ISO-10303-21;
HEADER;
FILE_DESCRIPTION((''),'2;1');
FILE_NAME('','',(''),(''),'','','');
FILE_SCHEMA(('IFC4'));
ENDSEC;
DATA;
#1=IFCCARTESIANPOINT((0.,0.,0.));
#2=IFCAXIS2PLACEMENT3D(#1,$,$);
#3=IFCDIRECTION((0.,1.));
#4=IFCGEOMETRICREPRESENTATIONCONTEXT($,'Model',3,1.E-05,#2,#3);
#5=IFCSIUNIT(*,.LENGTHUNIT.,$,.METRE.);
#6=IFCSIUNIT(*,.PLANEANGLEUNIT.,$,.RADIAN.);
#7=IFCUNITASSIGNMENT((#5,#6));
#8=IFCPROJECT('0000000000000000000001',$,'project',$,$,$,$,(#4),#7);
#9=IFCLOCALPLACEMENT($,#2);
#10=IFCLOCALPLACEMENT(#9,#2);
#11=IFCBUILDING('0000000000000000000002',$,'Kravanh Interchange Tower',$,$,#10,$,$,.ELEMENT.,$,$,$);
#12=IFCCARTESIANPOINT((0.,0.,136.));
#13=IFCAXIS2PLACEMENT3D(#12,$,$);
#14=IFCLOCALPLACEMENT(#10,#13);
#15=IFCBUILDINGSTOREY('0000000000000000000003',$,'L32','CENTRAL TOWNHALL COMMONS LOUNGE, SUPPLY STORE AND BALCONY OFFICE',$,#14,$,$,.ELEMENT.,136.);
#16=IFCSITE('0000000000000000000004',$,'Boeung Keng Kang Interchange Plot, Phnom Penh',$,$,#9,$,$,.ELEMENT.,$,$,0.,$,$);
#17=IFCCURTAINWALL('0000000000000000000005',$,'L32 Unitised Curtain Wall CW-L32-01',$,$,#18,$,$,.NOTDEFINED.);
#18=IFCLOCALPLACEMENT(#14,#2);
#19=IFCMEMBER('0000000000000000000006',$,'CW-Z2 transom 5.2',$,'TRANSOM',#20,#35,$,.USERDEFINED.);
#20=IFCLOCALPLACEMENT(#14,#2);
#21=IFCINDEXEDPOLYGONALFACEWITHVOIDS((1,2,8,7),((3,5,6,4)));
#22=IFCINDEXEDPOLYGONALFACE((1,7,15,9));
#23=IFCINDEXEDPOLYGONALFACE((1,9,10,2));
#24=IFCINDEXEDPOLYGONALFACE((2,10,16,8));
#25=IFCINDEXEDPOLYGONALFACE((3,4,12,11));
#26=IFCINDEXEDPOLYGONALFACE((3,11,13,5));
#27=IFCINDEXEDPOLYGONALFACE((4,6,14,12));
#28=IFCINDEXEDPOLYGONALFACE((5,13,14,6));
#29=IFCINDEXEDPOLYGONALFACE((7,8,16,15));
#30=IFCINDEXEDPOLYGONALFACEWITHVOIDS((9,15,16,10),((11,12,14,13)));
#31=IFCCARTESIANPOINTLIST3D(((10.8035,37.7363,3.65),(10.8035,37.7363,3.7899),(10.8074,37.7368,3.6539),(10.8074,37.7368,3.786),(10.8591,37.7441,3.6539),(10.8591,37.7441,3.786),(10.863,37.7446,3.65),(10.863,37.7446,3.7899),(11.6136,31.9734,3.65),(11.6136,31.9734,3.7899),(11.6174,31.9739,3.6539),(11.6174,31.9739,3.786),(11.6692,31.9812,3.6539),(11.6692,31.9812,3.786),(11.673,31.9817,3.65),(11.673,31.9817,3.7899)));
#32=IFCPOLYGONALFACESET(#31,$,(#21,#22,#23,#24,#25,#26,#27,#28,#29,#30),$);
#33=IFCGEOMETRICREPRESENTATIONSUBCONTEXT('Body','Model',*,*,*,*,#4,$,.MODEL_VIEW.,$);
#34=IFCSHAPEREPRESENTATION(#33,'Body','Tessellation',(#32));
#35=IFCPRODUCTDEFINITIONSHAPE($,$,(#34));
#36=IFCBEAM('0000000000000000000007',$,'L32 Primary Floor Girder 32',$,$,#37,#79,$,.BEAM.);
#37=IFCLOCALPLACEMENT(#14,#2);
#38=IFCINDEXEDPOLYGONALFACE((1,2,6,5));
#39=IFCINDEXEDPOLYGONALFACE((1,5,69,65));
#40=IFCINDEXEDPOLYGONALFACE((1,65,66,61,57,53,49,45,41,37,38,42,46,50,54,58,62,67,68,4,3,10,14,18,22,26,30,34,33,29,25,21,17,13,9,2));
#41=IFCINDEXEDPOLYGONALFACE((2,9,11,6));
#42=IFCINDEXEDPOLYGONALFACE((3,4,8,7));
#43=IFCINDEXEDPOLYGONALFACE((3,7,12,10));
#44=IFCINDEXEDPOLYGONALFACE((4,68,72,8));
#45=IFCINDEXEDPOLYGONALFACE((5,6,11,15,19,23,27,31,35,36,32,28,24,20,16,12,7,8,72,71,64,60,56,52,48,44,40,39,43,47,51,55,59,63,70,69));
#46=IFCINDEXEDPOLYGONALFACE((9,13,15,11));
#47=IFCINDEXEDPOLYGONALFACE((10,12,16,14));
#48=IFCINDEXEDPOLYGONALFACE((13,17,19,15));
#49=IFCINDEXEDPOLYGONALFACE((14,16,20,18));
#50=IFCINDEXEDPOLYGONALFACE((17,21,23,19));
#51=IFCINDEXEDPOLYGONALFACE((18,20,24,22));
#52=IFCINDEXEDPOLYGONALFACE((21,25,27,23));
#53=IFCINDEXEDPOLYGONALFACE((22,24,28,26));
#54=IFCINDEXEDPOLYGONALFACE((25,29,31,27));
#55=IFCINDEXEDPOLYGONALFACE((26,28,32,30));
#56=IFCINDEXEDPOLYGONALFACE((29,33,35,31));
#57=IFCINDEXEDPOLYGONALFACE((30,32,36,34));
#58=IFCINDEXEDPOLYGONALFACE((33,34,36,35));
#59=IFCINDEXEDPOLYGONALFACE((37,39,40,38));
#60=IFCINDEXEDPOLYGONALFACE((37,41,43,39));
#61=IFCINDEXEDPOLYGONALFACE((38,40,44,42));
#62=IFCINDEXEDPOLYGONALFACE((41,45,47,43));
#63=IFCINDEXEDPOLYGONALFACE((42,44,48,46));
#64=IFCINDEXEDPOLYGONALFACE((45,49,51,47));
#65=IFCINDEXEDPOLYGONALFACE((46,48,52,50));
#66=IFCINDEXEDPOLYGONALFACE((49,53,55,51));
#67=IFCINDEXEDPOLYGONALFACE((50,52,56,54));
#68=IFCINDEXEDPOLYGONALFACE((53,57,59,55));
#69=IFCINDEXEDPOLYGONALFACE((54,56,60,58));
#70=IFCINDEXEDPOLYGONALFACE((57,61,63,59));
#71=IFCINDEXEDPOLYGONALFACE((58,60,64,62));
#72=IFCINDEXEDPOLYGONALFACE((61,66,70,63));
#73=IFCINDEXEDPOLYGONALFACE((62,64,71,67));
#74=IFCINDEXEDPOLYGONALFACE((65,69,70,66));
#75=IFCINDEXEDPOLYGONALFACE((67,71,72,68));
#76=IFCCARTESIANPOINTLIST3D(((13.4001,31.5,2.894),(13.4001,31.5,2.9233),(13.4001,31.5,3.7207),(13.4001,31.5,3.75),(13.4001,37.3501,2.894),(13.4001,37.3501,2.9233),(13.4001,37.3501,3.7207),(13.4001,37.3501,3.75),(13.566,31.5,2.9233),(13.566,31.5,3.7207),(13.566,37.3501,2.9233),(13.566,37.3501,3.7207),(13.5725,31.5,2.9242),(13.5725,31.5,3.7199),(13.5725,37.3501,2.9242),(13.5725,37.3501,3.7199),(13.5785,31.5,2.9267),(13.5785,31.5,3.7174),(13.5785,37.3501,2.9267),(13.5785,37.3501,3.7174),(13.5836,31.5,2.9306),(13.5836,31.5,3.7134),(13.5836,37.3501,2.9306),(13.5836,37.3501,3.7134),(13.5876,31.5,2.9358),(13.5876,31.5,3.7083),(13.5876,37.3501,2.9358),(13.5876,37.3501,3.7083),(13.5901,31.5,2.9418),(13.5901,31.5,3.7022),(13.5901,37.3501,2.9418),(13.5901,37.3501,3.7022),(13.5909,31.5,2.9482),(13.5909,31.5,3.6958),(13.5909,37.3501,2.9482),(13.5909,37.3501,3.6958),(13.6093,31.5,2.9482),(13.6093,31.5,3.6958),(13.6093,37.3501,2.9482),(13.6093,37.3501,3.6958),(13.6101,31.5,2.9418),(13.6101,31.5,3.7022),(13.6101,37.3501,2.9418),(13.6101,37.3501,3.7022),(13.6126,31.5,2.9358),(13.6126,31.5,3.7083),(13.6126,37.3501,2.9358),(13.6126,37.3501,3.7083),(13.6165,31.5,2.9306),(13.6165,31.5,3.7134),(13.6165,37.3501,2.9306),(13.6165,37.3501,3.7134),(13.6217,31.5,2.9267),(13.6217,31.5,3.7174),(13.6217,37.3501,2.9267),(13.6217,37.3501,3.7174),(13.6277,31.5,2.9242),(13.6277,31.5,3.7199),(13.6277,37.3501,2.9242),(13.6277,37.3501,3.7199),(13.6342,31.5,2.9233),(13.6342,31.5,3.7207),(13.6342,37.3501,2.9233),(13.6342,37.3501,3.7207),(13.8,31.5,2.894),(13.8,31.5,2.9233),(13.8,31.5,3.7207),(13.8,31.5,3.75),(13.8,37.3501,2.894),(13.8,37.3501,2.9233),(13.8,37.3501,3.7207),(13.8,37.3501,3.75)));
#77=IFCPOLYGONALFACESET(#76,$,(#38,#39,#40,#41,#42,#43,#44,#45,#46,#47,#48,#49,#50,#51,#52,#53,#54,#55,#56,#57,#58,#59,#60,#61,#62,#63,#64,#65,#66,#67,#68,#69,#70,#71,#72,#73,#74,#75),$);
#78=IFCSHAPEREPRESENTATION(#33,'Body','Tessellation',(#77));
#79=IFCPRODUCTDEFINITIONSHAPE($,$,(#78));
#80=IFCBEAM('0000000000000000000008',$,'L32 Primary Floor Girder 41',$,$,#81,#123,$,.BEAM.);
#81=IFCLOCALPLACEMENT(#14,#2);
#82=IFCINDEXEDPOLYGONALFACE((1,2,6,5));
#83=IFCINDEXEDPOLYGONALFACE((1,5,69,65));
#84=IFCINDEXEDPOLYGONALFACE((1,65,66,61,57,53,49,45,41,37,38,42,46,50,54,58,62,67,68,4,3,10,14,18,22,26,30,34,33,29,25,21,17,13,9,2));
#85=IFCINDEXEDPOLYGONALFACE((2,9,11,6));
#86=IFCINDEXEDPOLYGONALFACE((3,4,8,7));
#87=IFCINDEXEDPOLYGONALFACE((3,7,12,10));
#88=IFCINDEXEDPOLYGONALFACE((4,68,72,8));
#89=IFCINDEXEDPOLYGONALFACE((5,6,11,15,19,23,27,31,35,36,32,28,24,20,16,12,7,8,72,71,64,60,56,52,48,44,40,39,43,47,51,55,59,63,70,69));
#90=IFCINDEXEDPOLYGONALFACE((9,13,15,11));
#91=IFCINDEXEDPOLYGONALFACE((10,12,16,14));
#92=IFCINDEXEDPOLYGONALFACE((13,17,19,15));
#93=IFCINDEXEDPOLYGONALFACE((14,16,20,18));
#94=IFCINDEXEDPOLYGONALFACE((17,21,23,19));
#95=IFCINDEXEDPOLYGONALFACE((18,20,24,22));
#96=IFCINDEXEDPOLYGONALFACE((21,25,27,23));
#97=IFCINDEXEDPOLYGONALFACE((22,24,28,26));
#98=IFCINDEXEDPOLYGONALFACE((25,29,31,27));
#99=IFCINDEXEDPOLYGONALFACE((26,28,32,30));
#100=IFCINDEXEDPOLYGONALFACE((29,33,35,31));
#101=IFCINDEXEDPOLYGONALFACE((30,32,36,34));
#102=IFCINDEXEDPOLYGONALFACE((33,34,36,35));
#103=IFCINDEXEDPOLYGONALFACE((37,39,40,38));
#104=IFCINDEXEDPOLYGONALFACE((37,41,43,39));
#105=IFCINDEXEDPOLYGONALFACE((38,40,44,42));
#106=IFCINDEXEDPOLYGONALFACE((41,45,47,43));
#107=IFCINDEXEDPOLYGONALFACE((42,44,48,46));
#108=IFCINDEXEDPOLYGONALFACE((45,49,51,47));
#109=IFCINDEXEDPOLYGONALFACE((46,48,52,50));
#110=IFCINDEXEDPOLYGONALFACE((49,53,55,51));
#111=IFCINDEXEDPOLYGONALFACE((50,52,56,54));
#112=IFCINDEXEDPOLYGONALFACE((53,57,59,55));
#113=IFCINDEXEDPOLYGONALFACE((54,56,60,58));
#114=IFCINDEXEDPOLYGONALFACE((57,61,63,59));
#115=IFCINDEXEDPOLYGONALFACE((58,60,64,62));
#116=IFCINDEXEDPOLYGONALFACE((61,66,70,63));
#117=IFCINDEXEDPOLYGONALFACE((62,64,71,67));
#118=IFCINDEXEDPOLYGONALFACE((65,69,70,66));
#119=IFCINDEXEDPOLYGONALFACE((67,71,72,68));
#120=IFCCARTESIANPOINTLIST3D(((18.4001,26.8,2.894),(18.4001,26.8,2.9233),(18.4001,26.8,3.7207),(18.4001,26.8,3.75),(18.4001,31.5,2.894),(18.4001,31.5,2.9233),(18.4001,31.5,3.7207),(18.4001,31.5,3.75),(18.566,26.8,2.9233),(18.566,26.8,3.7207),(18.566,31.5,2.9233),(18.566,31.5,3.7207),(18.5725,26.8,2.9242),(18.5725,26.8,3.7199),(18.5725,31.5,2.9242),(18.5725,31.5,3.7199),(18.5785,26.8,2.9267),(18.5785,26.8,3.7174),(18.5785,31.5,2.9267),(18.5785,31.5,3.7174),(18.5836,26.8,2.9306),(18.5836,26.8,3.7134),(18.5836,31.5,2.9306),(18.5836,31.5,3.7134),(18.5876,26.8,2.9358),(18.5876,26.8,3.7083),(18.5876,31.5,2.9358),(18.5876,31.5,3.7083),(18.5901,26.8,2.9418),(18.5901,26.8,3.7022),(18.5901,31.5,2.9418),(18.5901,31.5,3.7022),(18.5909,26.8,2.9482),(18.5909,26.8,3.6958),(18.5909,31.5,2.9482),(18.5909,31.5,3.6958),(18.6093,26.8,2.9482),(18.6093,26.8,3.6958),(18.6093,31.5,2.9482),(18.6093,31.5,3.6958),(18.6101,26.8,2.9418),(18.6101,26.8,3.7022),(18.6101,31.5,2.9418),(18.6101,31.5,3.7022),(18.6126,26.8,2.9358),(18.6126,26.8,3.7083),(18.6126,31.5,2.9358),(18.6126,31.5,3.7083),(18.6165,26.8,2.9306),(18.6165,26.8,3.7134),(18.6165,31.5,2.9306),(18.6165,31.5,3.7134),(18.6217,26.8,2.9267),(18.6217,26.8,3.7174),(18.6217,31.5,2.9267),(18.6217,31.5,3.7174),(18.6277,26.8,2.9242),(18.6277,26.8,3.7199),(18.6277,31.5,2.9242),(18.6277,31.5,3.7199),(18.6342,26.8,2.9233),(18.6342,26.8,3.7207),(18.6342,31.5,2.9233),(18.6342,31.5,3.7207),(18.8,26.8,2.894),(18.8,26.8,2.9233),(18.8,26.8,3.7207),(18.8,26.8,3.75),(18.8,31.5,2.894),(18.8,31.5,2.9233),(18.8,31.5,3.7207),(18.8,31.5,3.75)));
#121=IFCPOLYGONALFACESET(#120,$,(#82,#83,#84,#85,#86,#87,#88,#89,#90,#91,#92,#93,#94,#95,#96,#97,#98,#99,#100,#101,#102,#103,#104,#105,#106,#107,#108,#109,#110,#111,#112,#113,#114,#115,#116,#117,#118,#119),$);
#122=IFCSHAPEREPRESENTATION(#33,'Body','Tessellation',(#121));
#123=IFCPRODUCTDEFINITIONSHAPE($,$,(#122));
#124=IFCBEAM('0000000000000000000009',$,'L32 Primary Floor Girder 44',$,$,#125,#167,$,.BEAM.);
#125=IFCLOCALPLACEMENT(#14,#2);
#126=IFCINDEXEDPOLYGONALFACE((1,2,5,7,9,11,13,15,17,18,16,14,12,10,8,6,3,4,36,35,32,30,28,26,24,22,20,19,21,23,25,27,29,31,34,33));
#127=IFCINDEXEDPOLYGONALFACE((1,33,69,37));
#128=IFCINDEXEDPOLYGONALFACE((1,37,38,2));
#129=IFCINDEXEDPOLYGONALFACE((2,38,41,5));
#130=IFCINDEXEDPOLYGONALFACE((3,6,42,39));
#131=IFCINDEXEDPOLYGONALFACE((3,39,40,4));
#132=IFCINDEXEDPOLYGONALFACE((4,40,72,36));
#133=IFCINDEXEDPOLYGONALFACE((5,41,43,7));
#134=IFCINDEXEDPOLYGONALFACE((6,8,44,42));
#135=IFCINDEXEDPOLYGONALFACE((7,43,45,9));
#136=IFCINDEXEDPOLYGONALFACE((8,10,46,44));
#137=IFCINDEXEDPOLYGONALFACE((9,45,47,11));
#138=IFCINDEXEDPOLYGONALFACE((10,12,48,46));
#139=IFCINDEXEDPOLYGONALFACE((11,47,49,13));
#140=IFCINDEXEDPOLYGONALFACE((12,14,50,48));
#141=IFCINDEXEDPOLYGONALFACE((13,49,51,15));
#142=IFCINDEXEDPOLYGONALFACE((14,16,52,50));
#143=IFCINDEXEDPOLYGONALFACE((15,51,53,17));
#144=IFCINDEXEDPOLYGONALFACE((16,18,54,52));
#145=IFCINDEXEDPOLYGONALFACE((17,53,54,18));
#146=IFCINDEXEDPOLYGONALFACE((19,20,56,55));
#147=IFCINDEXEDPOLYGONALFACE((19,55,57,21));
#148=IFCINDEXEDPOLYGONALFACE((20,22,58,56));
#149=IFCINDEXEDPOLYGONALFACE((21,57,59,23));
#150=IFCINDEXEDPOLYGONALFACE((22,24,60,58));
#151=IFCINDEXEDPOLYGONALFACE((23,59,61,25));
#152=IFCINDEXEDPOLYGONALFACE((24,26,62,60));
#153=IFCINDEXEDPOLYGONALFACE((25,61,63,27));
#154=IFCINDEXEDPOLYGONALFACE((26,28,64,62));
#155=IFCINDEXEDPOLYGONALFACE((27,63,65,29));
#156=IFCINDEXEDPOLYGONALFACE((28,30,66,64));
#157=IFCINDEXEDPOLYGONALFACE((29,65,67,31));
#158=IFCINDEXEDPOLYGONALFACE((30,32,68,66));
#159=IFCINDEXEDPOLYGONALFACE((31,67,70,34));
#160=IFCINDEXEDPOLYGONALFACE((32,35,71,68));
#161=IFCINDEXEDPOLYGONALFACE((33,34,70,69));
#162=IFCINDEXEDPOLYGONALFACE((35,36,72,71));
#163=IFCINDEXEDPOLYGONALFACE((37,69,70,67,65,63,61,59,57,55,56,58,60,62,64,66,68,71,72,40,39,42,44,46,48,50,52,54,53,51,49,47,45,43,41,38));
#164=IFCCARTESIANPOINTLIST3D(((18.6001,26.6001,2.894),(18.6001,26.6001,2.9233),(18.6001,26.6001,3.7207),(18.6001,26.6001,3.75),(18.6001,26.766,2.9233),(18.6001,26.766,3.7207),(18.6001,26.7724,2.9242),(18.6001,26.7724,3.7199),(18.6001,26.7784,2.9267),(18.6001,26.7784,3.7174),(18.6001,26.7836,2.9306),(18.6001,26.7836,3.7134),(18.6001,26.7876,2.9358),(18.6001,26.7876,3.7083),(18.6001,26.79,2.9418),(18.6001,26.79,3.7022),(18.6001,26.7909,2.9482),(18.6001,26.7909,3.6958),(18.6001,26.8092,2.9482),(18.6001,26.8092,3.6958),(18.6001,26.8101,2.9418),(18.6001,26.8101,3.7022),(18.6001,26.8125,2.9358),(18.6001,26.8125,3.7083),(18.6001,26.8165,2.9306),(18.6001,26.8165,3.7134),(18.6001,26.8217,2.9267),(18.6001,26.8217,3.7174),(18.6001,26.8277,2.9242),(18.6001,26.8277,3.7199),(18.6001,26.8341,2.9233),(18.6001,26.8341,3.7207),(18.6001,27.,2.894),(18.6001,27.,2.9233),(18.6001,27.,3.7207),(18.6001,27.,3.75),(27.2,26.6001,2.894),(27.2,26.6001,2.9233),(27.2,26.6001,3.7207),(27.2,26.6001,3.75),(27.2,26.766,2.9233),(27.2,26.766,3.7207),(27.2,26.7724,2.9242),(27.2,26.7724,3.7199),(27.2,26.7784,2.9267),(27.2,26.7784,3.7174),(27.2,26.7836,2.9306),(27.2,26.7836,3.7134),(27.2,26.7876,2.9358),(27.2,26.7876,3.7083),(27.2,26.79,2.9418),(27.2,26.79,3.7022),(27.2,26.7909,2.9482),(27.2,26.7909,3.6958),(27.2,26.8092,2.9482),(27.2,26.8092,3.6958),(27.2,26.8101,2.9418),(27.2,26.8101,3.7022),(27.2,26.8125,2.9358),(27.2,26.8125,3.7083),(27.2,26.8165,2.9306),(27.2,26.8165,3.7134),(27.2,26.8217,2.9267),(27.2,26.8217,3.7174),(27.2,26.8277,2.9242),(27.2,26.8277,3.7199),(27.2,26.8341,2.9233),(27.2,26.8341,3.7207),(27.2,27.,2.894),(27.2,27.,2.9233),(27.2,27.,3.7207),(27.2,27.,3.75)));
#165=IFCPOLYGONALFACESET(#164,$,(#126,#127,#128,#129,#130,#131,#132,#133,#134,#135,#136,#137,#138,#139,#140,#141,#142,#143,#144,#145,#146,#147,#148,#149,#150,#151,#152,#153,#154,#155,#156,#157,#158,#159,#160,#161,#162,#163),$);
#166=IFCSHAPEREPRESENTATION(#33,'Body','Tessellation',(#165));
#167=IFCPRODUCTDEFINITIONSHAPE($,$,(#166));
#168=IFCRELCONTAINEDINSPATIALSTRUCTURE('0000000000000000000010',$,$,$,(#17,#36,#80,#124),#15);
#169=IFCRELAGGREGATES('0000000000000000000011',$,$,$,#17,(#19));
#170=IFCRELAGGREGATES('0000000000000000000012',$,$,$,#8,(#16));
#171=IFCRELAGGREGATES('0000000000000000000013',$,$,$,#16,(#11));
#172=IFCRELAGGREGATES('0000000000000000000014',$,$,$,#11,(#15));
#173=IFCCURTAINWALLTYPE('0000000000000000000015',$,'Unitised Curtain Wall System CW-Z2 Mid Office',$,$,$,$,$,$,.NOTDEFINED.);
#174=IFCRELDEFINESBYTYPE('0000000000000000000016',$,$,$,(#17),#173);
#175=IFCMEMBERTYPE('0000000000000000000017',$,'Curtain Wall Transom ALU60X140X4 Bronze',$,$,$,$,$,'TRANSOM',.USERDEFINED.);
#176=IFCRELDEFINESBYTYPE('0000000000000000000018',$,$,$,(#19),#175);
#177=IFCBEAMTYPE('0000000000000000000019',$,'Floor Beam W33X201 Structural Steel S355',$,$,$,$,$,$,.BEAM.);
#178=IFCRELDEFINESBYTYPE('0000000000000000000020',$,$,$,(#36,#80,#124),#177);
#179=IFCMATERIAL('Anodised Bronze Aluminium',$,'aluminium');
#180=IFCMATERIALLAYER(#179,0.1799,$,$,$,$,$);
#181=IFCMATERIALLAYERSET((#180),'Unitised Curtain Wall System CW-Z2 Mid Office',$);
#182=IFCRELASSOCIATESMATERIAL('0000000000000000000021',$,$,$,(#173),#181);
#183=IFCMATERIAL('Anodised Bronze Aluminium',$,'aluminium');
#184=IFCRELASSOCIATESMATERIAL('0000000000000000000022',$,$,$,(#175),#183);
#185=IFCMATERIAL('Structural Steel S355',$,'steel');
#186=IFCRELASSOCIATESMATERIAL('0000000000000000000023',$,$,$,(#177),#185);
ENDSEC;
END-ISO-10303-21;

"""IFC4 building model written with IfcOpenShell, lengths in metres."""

from ifc_helpers import new_model, si_unit, direction, frame, origin, origin_2d, place, context, subcontext, project, spatial, hollow_rectangle, i_section, extrude, material, layer, layer_set, material_profile, profile_set, type_object, element, aggregate, save


model = new_model("IFC4")

# Units and contexts
model_context = context("Model", 3, precision=1e-05, world=origin(), true_north=direction((0.0, 1.0)))
body_context = subcontext(model_context, "Body", "Model", "MODEL_VIEW")
ifc_project = project(units=[si_unit("LENGTHUNIT", "METRE"), si_unit("PLANEANGLEUNIT", "RADIAN")], contexts=[model_context])

# Site, building, storey
site_placement = place(None, origin())
site = spatial("IfcSite", under=ifc_project, at=site_placement, Name="Boeung Keng Kang Interchange Plot, Phnom Penh", CompositionType="ELEMENT", RefElevation=0.0)
building_placement = place(site_placement, origin())
building = spatial("IfcBuilding", under=site, at=building_placement, Name="Kravanh Interchange Tower", CompositionType="ELEMENT")
storey_placement = place(building_placement, frame((0.0, 0.0, 136.0)))
storey = spatial("IfcBuildingStorey", under=building, at=storey_placement, Name="L32", Description="CENTRAL TOWNHALL COMMONS LOUNGE, SUPPLY STORE AND BALCONY OFFICE", CompositionType="ELEMENT", Elevation=136.0)

# Curtain wall, member
ifc_material_1 = material(Name="Anodised Bronze Aluminium", Category="aluminium")
ifc_layer_1 = layer(ifc_material_1, 0.1799)
ifc_layer_set_1 = layer_set([ifc_layer_1], Name="Unitised Curtain Wall System CW-Z2 Mid Office")
curtain_wall_type = type_object("IfcCurtainWallType", Name="Unitised Curtain Wall System CW-Z2 Mid Office", PredefinedType="NOTDEFINED", material=ifc_layer_set_1)
curtain_wall_placement = place(storey_placement, origin())
curtain_wall = element("IfcCurtainWall", 1, at=curtain_wall_placement, inside=storey, type_object=curtain_wall_type, Name="L32 Unitised Curtain Wall CW-L32-01", PredefinedType="NOTDEFINED")
ifc_material_2 = material(Name="Anodised Bronze Aluminium", Category="aluminium")
ifc_material_profile_1 = material_profile(ifc_material_2, hollow_rectangle(XDim=0.0601, YDim=0.1399, WallThickness=0.0039, at=origin_2d()), Name="ALU60X140X4")
ifc_profile_set_1 = profile_set([ifc_material_profile_1], Name="Anodised Bronze Aluminium")
member_type_1 = type_object("IfcMemberType", Name="Curtain Wall Transom ALU60X140X4 Bronze", ElementType="TRANSOM", PredefinedType="USERDEFINED", material=ifc_profile_set_1)
member_1_placement = place(storey_placement, frame((11.6433, 31.9775, 3.72), z_axis=(-0.139195, 0.990265, 0.0), x_axis=(-0.990265, -0.139195, 0.0)))
member_1 = element("IfcMember", 2, at=member_1_placement, type_object=member_type_1, Name="CW-Z2 transom 5.2", ObjectType="TRANSOM", PredefinedType="USERDEFINED", context=body_context, shape_type="SweptSolid", body=[
    extrude(hollow_rectangle(XDim=0.0601, YDim=0.1399, WallThickness=0.0039, at=origin_2d()), origin(), (0.0, 0.0, 1.0), 5.8196),
])

# Beams
ifc_material_3 = material(Name="Structural Steel S355", Category="steel")
ifc_material_profile_2 = material_profile(ifc_material_3, i_section(OverallWidth=0.3999, OverallDepth=0.856, WebThickness=0.0183, FlangeThickness=0.0293, FilletRadius=0.0249, at=origin_2d()), Name="W33X201")
ifc_profile_set_2 = profile_set([ifc_material_profile_2], Name="Structural Steel S355")
beam_type_1 = type_object("IfcBeamType", Name="Floor Beam W33X201 Structural Steel S355", PredefinedType="BEAM", material=ifc_profile_set_2)
beam_1_placement = place(storey_placement, frame((13.6001, 37.3501, 3.322), z_axis=(0.0, -1.0, 0.0), x_axis=(1.0, 0.0, 0.0)))
element("IfcBeam", 3, at=beam_1_placement, inside=storey, type_object=beam_type_1, Name="L32 Primary Floor Girder 32", PredefinedType="BEAM", context=body_context, shape_type="SweptSolid", body=[
    extrude(i_section(OverallWidth=0.3999, OverallDepth=0.856, WebThickness=0.0183, FlangeThickness=0.0293, FilletRadius=0.0249, at=origin_2d()), origin(), (0.0, 0.0, 1.0), 5.8501),
])
beam_2_placement = place(storey_placement, frame((18.6001, 26.8, 3.322), z_axis=(0.0, 1.0, 0.0), x_axis=(-1.0, 0.0, 0.0)))
element("IfcBeam", 4, at=beam_2_placement, inside=storey, type_object=beam_type_1, Name="L32 Primary Floor Girder 41", PredefinedType="BEAM", context=body_context, shape_type="SweptSolid", body=[
    extrude(i_section(OverallWidth=0.3999, OverallDepth=0.856, WebThickness=0.0183, FlangeThickness=0.0293, FilletRadius=0.0249, at=origin_2d()), origin(), (0.0, 0.0, 1.0), 4.7),
])
beam_3_placement = place(storey_placement, frame((18.6001, 26.8, 3.322), z_axis=(1.0, 0.0, 0.0), x_axis=(0.0, 1.0, 0.0)))
element("IfcBeam", 5, at=beam_3_placement, inside=storey, type_object=beam_type_1, Name="L32 Primary Floor Girder 44", PredefinedType="BEAM", context=body_context, shape_type="SweptSolid", body=[
    extrude(i_section(OverallWidth=0.3999, OverallDepth=0.856, WebThickness=0.0183, FlangeThickness=0.0293, FilletRadius=0.0249, at=origin_2d()), origin(), (0.0, 0.0, 1.0), 8.5999),
])

aggregate(curtain_wall, [member_1])

save(model, "model.ifc")
